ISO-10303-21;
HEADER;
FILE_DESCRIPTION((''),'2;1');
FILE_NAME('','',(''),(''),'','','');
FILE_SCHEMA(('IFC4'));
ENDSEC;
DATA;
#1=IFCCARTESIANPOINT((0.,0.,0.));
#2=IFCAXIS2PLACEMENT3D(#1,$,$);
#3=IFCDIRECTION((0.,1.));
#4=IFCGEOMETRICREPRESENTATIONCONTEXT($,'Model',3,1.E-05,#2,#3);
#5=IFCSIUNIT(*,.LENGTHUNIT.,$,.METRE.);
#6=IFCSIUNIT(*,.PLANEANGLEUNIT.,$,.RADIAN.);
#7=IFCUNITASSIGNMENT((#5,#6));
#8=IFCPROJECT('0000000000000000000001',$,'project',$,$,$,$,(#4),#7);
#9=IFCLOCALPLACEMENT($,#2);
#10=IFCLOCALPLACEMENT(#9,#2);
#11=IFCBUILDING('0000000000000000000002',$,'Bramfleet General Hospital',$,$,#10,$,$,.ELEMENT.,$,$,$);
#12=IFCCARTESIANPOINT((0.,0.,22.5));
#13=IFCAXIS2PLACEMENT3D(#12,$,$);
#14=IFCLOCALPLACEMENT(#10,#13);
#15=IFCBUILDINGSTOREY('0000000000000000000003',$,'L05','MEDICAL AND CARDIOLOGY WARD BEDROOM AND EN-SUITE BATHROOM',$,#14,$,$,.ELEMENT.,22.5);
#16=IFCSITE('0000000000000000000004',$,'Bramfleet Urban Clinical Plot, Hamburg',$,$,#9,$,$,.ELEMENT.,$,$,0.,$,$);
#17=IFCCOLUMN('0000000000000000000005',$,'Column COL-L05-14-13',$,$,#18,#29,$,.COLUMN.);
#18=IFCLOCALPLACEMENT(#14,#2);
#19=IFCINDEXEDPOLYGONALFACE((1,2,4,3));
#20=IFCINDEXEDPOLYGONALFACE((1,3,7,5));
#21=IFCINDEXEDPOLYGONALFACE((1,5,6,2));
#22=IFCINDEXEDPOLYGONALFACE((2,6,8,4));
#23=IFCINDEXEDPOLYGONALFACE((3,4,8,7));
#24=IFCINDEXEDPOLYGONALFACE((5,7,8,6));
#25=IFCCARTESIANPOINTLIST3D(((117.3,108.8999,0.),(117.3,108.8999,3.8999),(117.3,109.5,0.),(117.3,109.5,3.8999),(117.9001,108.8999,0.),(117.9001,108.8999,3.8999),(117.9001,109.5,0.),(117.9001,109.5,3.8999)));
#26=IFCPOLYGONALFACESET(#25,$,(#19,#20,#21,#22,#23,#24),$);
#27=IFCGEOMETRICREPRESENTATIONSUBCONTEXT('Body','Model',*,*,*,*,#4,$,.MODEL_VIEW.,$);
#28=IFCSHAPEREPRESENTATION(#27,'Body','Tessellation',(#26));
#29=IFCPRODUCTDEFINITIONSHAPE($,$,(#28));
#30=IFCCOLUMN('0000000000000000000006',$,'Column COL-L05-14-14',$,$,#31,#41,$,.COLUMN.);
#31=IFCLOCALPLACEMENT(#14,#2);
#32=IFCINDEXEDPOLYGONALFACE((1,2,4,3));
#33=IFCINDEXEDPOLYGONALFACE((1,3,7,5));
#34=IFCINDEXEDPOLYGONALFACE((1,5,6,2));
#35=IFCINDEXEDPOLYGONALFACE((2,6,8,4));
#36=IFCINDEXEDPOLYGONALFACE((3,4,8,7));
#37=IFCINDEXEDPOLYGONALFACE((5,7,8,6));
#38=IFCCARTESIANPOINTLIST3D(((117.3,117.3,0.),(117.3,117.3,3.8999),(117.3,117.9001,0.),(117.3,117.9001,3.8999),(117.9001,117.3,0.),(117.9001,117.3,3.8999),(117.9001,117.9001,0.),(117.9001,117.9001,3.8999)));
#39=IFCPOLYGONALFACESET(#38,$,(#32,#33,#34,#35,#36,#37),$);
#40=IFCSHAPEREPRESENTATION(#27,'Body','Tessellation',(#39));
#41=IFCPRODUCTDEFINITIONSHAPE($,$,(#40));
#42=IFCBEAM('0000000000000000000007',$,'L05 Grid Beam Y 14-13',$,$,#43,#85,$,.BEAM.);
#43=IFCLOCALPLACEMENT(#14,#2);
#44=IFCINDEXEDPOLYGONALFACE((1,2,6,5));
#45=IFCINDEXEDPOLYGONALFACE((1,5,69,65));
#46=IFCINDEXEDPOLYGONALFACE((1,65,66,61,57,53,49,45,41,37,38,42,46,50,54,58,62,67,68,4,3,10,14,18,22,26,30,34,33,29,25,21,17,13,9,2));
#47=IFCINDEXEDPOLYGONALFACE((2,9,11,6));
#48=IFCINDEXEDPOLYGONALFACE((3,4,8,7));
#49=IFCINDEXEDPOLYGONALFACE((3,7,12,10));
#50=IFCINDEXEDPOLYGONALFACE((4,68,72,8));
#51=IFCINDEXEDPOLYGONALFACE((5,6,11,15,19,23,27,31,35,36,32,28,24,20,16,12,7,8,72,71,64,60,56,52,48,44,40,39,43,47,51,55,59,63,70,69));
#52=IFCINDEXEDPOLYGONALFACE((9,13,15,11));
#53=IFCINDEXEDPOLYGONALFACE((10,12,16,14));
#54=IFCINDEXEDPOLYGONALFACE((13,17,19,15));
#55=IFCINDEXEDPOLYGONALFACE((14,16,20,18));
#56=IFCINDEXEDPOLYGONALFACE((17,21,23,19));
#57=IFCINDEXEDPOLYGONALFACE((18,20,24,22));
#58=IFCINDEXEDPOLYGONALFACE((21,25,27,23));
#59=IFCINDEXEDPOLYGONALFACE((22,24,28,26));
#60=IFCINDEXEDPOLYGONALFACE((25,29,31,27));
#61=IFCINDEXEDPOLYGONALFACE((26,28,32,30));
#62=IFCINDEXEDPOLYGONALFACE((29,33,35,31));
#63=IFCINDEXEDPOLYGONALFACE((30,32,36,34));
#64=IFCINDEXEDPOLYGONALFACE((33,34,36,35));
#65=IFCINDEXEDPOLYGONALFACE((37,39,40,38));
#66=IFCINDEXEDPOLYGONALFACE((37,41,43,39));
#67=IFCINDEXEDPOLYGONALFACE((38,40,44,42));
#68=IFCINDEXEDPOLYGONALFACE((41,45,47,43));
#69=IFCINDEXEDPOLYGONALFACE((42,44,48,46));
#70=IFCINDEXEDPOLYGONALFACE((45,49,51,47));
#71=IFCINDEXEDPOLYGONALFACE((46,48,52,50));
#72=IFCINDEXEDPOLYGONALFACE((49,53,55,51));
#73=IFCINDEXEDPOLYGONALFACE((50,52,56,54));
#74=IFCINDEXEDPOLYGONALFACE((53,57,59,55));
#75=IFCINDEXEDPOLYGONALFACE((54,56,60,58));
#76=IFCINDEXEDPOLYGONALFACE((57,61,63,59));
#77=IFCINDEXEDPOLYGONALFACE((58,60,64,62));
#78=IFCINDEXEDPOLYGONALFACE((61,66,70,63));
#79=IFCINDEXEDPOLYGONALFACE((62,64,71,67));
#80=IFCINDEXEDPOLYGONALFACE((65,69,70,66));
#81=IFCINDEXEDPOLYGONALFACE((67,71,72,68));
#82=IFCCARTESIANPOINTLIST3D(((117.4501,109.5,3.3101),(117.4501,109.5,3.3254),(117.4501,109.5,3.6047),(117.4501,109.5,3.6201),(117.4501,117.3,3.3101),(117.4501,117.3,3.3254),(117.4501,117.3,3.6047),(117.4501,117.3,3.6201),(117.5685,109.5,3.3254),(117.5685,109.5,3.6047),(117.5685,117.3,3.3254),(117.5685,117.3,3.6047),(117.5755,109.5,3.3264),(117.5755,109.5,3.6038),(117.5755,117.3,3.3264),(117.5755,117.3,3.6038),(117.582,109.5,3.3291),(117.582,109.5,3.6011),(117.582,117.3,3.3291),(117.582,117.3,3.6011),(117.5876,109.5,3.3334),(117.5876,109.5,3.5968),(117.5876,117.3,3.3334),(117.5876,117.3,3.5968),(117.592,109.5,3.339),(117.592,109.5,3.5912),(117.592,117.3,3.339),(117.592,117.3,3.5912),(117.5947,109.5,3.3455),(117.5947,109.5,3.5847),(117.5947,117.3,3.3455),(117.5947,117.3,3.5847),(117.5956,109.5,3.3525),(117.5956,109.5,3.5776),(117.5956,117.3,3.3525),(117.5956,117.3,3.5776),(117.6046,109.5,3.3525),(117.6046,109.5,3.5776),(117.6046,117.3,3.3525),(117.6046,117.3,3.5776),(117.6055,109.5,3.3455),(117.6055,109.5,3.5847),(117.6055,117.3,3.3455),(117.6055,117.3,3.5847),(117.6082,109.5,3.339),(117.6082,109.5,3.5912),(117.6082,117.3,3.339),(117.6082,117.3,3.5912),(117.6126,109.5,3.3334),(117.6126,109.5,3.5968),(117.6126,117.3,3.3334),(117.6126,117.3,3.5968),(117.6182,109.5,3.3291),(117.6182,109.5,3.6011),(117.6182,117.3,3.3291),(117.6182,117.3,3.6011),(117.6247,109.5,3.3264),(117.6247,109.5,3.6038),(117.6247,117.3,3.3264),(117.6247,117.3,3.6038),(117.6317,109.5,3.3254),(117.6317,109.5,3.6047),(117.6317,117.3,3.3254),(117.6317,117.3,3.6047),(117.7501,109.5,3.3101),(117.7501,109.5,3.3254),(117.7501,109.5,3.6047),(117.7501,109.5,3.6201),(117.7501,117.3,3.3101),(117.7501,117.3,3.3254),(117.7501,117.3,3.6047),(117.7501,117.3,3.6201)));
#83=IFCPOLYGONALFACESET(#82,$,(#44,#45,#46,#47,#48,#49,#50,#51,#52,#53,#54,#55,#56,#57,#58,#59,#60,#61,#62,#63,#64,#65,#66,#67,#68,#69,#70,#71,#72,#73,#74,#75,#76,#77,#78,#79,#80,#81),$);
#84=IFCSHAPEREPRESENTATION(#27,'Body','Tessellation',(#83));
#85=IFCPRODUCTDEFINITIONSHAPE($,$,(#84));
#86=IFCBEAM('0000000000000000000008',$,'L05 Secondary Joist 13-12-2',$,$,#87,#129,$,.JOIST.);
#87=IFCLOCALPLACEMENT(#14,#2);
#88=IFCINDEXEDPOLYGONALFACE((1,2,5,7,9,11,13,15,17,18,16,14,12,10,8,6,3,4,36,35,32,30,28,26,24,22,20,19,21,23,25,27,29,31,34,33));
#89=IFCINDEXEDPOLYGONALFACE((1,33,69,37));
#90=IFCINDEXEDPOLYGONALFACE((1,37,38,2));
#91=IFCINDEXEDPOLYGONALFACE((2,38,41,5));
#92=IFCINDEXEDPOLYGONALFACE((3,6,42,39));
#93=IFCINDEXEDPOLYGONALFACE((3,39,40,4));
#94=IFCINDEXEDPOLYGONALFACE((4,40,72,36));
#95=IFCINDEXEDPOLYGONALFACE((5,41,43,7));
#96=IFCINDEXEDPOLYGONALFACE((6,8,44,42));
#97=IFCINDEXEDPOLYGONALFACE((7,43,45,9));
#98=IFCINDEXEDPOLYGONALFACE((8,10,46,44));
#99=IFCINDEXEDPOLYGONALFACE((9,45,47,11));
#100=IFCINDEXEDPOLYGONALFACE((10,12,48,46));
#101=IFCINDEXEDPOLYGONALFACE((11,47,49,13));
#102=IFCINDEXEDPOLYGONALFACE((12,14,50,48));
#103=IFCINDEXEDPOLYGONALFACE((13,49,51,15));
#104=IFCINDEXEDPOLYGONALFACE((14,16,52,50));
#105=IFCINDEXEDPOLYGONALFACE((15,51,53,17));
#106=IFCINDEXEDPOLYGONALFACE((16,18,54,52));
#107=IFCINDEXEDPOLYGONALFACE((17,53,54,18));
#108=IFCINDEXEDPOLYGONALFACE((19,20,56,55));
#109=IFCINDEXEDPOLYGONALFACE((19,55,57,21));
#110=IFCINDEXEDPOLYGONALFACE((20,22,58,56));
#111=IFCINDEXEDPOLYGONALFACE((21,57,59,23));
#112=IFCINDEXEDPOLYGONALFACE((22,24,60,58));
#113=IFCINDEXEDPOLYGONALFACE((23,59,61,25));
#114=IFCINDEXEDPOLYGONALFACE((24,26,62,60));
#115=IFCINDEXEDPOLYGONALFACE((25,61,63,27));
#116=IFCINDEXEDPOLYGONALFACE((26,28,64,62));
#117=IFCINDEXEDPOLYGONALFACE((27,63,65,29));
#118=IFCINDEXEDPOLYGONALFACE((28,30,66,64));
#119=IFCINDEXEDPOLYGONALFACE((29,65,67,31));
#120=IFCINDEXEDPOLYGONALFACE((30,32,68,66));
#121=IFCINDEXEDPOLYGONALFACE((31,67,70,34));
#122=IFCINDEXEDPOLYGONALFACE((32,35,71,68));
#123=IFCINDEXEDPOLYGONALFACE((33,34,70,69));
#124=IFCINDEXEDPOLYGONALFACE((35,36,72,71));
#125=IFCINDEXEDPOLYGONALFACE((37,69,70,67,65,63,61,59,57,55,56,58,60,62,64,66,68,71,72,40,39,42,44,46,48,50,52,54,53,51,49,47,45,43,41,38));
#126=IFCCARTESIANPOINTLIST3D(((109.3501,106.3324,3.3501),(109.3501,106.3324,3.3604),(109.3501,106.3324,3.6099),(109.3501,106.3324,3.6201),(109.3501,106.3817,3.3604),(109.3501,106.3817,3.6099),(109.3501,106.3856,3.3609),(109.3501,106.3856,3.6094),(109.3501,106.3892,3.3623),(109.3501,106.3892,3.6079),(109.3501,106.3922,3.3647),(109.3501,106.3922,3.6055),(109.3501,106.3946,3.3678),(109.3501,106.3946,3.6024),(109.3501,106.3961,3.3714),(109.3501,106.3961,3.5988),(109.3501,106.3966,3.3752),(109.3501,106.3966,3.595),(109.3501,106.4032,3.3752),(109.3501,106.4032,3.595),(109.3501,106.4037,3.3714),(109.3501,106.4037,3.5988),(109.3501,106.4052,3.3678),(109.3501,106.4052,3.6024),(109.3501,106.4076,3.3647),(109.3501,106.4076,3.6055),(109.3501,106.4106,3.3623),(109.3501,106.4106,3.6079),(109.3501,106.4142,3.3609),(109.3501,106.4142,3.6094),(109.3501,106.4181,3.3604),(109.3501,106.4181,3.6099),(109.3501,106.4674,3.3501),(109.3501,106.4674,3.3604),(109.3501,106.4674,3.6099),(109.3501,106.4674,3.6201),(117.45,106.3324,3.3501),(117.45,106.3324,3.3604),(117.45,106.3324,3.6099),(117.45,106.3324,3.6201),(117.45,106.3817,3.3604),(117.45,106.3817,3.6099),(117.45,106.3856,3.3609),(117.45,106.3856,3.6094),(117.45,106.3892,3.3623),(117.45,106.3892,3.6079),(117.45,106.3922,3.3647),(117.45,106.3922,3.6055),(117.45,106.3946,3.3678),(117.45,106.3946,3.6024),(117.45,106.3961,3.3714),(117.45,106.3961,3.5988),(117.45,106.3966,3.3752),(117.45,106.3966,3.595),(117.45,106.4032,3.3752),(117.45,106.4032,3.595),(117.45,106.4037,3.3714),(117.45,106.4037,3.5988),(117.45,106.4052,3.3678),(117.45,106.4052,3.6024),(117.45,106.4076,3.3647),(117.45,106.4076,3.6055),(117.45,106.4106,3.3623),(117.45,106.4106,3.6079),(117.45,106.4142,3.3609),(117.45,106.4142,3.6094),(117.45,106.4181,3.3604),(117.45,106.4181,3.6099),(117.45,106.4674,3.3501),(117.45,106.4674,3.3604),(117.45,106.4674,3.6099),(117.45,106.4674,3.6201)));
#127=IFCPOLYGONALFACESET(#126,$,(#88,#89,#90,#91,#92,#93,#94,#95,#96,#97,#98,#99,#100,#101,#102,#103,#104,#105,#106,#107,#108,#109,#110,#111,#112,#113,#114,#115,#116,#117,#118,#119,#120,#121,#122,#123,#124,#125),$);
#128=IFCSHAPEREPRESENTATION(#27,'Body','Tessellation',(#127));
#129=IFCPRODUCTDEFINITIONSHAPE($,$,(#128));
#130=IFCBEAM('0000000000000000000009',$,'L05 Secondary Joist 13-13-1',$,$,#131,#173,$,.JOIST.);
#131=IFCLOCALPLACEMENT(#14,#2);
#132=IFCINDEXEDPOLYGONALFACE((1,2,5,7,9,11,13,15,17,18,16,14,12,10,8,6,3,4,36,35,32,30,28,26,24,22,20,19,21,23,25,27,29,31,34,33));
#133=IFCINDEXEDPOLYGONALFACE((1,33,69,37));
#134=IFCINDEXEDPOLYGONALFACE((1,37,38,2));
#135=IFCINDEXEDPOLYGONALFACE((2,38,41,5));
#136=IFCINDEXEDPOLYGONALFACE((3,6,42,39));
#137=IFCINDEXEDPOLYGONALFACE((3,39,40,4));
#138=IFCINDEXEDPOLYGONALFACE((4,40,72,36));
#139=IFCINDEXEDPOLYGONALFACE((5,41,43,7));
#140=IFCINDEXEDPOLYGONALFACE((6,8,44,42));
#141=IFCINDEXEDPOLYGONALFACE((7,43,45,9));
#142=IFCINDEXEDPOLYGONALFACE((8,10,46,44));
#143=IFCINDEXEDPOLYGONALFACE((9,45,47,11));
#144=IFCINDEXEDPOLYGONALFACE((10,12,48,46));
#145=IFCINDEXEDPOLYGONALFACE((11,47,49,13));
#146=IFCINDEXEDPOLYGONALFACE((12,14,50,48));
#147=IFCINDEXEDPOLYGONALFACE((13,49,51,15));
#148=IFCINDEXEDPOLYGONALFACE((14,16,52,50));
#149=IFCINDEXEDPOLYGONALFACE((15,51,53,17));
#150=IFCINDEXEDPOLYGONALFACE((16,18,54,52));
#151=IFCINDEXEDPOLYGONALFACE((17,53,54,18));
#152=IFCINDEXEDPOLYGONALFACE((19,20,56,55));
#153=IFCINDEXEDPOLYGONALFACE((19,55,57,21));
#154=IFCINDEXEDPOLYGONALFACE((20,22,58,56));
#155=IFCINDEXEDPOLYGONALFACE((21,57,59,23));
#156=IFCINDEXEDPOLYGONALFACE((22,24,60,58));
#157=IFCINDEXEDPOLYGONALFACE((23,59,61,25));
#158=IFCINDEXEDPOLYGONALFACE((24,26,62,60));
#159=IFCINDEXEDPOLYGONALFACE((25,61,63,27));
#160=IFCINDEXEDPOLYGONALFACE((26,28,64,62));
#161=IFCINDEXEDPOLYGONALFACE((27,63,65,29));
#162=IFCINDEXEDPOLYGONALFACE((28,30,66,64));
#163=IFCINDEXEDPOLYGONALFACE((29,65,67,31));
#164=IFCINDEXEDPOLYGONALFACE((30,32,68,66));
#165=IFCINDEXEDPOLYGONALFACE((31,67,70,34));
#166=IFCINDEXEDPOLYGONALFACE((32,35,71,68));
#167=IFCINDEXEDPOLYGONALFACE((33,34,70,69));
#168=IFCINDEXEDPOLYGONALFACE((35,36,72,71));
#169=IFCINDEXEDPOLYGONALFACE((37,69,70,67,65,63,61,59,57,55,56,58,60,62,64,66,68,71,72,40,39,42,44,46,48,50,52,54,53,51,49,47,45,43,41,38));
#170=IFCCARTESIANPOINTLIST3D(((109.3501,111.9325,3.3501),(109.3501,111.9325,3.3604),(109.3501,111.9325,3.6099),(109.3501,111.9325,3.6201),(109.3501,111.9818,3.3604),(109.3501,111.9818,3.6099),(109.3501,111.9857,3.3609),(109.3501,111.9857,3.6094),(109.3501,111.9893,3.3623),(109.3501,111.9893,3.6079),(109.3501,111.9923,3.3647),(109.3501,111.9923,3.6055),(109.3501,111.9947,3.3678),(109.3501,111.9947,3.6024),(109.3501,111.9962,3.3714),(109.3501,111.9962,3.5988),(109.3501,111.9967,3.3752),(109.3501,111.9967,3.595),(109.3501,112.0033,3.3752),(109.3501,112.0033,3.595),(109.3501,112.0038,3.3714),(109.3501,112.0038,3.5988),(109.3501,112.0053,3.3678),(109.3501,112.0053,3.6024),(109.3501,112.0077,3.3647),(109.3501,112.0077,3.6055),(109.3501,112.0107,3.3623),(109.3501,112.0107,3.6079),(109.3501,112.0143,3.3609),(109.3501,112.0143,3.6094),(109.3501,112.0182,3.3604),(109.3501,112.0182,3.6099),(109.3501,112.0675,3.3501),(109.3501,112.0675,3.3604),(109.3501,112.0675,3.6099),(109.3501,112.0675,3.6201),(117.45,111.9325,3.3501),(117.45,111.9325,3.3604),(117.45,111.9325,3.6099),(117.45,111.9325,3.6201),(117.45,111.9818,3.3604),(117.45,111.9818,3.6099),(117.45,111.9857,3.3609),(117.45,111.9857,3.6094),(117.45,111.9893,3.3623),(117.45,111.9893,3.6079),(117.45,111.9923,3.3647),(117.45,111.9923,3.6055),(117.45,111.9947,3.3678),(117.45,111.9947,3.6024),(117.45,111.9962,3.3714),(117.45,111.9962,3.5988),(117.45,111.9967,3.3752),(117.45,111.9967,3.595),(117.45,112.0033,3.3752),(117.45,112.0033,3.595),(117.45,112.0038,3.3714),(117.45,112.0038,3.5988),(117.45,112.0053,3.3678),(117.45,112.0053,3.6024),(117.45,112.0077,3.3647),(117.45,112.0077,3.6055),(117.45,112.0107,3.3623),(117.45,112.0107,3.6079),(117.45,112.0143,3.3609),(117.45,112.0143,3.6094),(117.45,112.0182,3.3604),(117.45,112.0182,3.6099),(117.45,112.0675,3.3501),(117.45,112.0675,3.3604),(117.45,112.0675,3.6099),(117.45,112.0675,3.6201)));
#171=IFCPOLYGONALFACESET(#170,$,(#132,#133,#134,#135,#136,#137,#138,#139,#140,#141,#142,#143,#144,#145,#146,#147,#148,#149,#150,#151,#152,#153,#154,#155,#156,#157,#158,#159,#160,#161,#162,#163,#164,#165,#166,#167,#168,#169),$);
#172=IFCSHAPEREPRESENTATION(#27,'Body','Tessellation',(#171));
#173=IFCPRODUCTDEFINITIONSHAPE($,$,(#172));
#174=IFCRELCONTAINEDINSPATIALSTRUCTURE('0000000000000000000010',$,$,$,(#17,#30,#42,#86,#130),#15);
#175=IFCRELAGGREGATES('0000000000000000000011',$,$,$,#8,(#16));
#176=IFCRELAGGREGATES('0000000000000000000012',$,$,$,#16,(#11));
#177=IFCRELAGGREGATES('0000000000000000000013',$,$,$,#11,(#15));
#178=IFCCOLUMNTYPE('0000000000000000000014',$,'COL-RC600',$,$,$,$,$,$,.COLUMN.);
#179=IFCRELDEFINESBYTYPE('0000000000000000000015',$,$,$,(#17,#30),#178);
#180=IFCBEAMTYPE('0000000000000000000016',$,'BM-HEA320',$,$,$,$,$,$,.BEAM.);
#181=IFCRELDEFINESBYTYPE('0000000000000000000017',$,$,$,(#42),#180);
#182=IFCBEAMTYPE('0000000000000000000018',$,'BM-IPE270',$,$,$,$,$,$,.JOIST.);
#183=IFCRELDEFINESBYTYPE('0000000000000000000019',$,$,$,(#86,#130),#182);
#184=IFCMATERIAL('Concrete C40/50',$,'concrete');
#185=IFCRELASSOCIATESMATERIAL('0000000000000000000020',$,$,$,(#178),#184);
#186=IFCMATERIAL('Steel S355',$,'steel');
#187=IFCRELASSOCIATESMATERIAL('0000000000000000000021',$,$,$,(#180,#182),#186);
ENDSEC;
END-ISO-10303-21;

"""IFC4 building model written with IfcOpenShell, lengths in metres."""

from ifc_helpers import new_model, si_unit, direction, frame, origin, origin_2d, place, context, subcontext, project, spatial, rectangle, i_section, extrude, material, material_profile, profile_set, type_object, element, save


model = new_model("IFC4")

# Units and contexts
model_context = context("Model", 3, precision=1e-05, world=origin(), true_north=direction((0.0, 1.0)))
body_context = subcontext(model_context, "Body", "Model", "MODEL_VIEW")
ifc_project = project(units=[si_unit("LENGTHUNIT", "METRE"), si_unit("PLANEANGLEUNIT", "RADIAN")], contexts=[model_context])

# Site, building, storey
site_placement = place(None, origin())
site = spatial("IfcSite", under=ifc_project, at=site_placement, Name="Bramfleet Urban Clinical Plot, Hamburg", CompositionType="ELEMENT", RefElevation=0.0)
building_placement = place(site_placement, origin())
building = spatial("IfcBuilding", under=site, at=building_placement, Name="Bramfleet General Hospital", CompositionType="ELEMENT")
storey_placement = place(building_placement, frame((0.0, 0.0, 22.5)))
storey = spatial("IfcBuildingStorey", under=building, at=storey_placement, Name="L05", Description="MEDICAL AND CARDIOLOGY WARD BEDROOM AND EN-SUITE BATHROOM", CompositionType="ELEMENT", Elevation=22.5)

# Columns
ifc_material_1 = material(Name="Concrete C40/50", Category="concrete")
ifc_material_profile_1 = material_profile(ifc_material_1, rectangle(XDim=0.6001, YDim=0.6001, at=origin_2d()), Name="RC COL 600x600")
ifc_profile_set_1 = profile_set([ifc_material_profile_1], Name="Concrete C40/50")
column_type = type_object("IfcColumnType", Name="COL-RC600", PredefinedType="COLUMN", material=ifc_profile_set_1)
for number, where, z_axis, x_axis, name in (
    (1, (117.6001, 109.2, 0.0), (0.0, 0.0, 1.0), (1.0, 0.0, 0.0), "Column COL-L05-14-13"),
    (2, (117.6001, 117.6001, 0.0), (0.0, 0.0, 1.0), (1.0, 0.0, 0.0), "Column COL-L05-14-14"),
):
    element("IfcColumn", number, at=place(storey_placement, frame(where, z_axis=z_axis, x_axis=x_axis)), inside=storey, type_object=column_type, Name=name, PredefinedType="COLUMN", context=body_context, shape_type="SweptSolid", body=[
        extrude(rectangle(XDim=0.6001, YDim=0.6001, at=origin_2d()), origin(), (0.0, 0.0, 1.0), 3.8999),
    ])

# Beams
ifc_material_2 = material(Name="Steel S355", Category="steel")
ifc_material_profile_2 = material_profile(ifc_material_2, i_section(OverallWidth=0.3, OverallDepth=0.3101, WebThickness=0.009, FlangeThickness=0.0154, FilletRadius=0.0271, at=origin_2d()), Name="HEA 320")
ifc_profile_set_2 = profile_set([ifc_material_profile_2], Name="Steel S355")
beam_type_1 = type_object("IfcBeamType", Name="BM-HEA320", PredefinedType="BEAM", material=ifc_profile_set_2)
beam_placement = place(storey_placement, frame((117.6001, 109.5, 3.4651), z_axis=(0.0, 1.0, 0.0), x_axis=(-1.0, 0.0, 0.0)))
element("IfcBeam", 3, at=beam_placement, inside=storey, type_object=beam_type_1, Name="L05 Grid Beam Y 14-13", PredefinedType="BEAM", context=body_context, shape_type="SweptSolid", body=[
    extrude(i_section(OverallWidth=0.3, OverallDepth=0.3101, WebThickness=0.009, FlangeThickness=0.0154, FilletRadius=0.0271, at=origin_2d()), origin(), (0.0, 0.0, 1.0), 7.8),
])
ifc_material_profile_3 = material_profile(ifc_material_2, i_section(OverallWidth=0.135, OverallDepth=0.27, WebThickness=0.0066, FlangeThickness=0.0103, FilletRadius=0.0149, at=origin_2d()), Name="IPE 270")
ifc_profile_set_3 = profile_set([ifc_material_profile_3], Name="Steel S355")
beam_type_2 = type_object("IfcBeamType", Name="BM-IPE270", PredefinedType="JOIST", material=ifc_profile_set_3)
for number, where, z_axis, x_axis, name in (
    (4, (109.3501, 106.3999, 3.4851), (1.0, 0.0, 0.0), (0.0, 1.0, 0.0), "L05 Secondary Joist 13-12-2"),
    (5, (109.3501, 112.0, 3.4851), (1.0, 0.0, 0.0), (0.0, 1.0, 0.0), "L05 Secondary Joist 13-13-1"),
):
    element("IfcBeam", number, at=place(storey_placement, frame(where, z_axis=z_axis, x_axis=x_axis)), inside=storey, type_object=beam_type_2, Name=name, PredefinedType="JOIST", context=body_context, shape_type="SweptSolid", body=[
        extrude(i_section(OverallWidth=0.135, OverallDepth=0.27, WebThickness=0.0066, FlangeThickness=0.0103, FilletRadius=0.0149, at=origin_2d()), origin(), (0.0, 0.0, 1.0), 8.0999),
    ])

save(model, "model.ifc")
